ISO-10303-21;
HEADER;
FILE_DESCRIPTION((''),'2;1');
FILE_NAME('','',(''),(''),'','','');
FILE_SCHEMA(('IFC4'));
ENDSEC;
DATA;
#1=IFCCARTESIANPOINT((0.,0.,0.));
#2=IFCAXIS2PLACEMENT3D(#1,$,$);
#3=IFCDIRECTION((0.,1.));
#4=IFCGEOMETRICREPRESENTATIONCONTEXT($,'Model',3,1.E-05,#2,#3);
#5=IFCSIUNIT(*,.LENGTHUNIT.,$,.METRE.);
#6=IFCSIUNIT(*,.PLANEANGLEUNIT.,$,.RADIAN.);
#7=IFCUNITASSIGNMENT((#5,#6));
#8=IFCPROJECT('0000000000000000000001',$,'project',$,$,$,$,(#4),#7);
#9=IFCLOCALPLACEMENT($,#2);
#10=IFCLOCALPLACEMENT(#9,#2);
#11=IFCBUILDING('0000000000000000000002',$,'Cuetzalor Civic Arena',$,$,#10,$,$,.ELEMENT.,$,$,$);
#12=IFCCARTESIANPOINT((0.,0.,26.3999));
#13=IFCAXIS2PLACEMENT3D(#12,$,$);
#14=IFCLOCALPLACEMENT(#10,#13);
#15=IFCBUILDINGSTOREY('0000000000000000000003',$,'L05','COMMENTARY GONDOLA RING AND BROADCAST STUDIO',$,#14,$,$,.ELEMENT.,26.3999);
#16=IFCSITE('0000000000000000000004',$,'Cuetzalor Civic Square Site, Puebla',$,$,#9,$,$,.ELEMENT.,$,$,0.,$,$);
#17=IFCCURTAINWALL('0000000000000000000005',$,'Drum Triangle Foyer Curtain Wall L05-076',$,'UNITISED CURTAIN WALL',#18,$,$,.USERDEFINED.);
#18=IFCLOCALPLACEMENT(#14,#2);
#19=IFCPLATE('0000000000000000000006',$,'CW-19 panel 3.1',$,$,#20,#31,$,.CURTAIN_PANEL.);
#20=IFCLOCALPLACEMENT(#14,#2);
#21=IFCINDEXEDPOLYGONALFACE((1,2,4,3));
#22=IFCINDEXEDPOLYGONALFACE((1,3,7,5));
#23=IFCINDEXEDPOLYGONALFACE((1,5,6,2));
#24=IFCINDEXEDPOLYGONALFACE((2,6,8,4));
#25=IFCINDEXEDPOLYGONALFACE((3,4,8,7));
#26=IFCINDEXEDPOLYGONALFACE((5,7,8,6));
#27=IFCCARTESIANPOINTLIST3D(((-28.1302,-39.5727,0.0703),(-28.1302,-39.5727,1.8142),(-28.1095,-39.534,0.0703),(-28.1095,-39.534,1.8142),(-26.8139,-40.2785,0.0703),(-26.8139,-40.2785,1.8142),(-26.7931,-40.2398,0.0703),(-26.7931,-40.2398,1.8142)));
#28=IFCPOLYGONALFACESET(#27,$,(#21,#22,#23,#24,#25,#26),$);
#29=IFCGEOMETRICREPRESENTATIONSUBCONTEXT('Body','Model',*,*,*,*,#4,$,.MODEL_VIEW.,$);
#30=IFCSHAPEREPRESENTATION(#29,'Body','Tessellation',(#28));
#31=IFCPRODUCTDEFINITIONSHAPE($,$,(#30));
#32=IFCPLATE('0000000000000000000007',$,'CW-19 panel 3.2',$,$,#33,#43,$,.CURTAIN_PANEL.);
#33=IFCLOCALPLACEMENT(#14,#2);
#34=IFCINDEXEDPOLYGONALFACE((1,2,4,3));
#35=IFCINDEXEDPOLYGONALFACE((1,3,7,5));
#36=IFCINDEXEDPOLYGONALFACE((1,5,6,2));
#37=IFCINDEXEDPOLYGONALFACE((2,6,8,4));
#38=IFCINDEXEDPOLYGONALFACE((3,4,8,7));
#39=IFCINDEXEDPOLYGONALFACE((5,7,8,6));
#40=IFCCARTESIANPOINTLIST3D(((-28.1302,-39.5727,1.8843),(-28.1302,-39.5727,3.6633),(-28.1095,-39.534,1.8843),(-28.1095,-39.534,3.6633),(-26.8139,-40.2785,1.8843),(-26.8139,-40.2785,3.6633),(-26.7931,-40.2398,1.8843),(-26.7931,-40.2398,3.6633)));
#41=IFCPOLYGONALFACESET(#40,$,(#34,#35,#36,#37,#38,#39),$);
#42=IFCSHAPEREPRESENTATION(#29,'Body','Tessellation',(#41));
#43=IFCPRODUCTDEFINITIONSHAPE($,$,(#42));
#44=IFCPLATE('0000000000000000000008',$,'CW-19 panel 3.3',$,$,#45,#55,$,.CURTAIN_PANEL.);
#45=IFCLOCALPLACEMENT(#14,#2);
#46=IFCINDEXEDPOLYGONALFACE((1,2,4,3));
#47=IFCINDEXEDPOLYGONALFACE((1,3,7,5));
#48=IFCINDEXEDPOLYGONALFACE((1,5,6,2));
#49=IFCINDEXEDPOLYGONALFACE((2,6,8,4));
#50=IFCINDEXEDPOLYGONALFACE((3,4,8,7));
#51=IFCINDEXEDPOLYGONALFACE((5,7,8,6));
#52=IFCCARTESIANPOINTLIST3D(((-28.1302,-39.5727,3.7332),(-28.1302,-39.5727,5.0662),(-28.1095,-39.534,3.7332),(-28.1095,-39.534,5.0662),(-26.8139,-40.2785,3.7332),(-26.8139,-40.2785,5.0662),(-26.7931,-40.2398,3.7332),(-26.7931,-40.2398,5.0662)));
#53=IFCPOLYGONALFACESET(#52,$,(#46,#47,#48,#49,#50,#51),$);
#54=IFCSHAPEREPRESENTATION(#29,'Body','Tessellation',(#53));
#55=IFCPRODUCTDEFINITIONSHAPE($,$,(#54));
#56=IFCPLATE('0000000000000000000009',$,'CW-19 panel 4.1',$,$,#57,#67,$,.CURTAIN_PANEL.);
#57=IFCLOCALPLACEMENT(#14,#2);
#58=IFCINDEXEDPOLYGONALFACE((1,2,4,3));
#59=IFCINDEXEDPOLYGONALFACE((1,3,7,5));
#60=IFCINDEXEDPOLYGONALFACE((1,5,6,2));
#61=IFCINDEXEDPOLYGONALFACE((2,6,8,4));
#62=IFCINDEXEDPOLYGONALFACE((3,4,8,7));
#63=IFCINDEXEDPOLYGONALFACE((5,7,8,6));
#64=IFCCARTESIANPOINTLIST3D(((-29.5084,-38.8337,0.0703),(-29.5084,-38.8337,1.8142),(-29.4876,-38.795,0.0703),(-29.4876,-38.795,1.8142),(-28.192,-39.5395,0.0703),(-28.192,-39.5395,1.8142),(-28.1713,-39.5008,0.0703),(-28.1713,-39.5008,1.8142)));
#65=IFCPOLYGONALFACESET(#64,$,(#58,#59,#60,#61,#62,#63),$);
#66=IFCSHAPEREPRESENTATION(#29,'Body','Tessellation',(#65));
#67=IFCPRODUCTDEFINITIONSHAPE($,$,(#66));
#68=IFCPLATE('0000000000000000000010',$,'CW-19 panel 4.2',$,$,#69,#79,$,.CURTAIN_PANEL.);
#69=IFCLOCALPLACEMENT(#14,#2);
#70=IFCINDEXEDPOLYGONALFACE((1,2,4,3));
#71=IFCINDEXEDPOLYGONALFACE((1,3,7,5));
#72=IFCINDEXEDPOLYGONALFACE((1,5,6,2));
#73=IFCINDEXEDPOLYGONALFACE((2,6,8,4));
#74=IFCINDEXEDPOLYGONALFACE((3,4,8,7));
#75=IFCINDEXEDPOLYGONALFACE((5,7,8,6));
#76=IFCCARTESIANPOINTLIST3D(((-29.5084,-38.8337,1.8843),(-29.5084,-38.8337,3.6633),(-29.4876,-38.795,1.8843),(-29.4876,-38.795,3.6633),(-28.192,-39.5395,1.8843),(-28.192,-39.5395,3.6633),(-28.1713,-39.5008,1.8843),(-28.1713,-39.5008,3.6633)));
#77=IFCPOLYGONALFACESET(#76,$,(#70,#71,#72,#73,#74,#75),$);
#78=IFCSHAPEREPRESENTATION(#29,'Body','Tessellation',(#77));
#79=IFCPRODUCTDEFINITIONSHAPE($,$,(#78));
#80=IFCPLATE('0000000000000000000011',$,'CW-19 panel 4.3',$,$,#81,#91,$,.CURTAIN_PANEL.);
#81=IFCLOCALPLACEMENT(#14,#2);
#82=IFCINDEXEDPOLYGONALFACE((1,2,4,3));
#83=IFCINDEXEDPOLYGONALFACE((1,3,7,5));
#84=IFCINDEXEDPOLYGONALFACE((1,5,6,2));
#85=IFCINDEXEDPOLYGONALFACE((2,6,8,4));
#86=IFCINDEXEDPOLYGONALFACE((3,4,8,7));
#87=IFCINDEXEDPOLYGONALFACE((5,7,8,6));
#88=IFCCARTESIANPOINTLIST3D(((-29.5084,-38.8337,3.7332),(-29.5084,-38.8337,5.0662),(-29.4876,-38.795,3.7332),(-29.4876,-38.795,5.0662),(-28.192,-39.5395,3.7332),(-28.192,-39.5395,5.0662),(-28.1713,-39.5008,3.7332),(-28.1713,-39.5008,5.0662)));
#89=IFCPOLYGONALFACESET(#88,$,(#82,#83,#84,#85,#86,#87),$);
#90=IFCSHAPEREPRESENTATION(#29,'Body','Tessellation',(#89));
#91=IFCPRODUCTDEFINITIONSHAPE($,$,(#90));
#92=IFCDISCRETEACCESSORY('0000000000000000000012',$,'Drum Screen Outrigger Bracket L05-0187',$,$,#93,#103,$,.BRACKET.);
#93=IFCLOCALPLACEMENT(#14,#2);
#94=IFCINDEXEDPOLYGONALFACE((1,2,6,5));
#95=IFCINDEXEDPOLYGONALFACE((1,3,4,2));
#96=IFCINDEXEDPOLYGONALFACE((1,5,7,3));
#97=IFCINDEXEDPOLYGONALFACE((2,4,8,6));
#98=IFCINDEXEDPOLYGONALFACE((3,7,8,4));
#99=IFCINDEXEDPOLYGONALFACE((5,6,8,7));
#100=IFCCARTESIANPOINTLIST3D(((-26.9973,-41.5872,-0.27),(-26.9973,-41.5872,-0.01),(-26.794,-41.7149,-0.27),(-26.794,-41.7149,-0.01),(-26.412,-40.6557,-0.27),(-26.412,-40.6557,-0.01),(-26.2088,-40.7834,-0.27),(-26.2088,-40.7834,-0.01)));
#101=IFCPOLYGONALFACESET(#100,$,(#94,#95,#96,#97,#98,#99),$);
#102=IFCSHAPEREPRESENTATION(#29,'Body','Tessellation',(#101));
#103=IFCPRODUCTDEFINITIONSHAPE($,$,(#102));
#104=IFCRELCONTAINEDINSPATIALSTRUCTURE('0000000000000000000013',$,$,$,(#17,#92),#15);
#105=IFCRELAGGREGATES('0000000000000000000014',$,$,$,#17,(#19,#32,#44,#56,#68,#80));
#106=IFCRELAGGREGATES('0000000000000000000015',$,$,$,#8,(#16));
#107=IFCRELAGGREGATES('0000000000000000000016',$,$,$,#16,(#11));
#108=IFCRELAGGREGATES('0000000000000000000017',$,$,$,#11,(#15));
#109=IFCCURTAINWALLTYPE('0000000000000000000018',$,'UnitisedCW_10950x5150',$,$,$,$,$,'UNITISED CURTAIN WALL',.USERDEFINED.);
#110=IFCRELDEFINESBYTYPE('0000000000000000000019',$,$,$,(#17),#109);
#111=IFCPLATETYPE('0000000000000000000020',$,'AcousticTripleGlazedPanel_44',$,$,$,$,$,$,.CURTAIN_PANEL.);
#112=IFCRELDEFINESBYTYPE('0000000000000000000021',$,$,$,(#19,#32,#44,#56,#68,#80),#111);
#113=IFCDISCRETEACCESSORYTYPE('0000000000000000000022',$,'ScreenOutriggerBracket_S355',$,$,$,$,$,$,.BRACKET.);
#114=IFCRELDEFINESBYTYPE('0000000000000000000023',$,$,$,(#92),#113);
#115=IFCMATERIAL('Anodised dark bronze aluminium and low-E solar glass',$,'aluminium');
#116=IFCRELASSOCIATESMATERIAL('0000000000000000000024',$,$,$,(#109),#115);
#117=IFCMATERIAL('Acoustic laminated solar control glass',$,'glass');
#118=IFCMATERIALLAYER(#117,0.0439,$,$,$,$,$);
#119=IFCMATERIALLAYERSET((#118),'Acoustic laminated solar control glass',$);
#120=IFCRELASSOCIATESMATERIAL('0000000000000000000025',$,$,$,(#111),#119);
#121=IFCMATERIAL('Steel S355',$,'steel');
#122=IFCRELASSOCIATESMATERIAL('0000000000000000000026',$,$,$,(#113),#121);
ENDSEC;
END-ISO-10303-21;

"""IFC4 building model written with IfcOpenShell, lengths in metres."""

from ifc_helpers import new_model, si_unit, direction, frame, origin, origin_2d, place, context, subcontext, project, spatial, rectangle, extrude, material, layer, layer_set, type_object, element, aggregate, save


model = new_model("IFC4")

# Units and contexts
model_context = context("Model", 3, precision=1e-05, world=origin(), true_north=direction((0.0, 1.0)))
body_context = subcontext(model_context, "Body", "Model", "MODEL_VIEW")
ifc_project = project(units=[si_unit("LENGTHUNIT", "METRE"), si_unit("PLANEANGLEUNIT", "RADIAN")], contexts=[model_context])

# Site, building, storey
site_placement = place(None, origin())
site = spatial("IfcSite", under=ifc_project, at=site_placement, Name="Cuetzalor Civic Square Site, Puebla", CompositionType="ELEMENT", RefElevation=0.0)
building_placement = place(site_placement, origin())
building = spatial("IfcBuilding", under=site, at=building_placement, Name="Cuetzalor Civic Arena", CompositionType="ELEMENT")
storey_placement = place(building_placement, frame((0.0, 0.0, 26.3999)))
storey = spatial("IfcBuildingStorey", under=building, at=storey_placement, Name="L05", Description="COMMENTARY GONDOLA RING AND BROADCAST STUDIO", CompositionType="ELEMENT", Elevation=26.3999)

# Curtain wall, plates
ifc_material_1 = material(Name="Anodised dark bronze aluminium and low-E solar glass", Category="aluminium")
curtain_wall_type = type_object("IfcCurtainWallType", Name="UnitisedCW_10950x5150", ElementType="UNITISED CURTAIN WALL", PredefinedType="USERDEFINED", material=ifc_material_1)
curtain_wall_placement = place(storey_placement, origin())
curtain_wall = element("IfcCurtainWall", 1, at=curtain_wall_placement, inside=storey, type_object=curtain_wall_type, Name="Drum Triangle Foyer Curtain Wall L05-076", ObjectType="UNITISED CURTAIN WALL", PredefinedType="USERDEFINED")
ifc_material_2 = material(Name="Acoustic laminated solar control glass", Category="glass")
ifc_layer = layer(ifc_material_2, 0.0439)
ifc_layer_set = layer_set([ifc_layer], Name="Acoustic laminated solar control glass")
plate_type = type_object("IfcPlateType", Name="AcousticTripleGlazedPanel_44", PredefinedType="CURTAIN_PANEL", material=ifc_layer_set)
plate_1_placement = place(storey_placement, frame((-27.4617, -39.9062, 0.0703), z_axis=(0.0, 0.0, 1.0), x_axis=(-0.881306, 0.472545, 0.0)))
plate_1 = element("IfcPlate", 2, at=plate_1_placement, type_object=plate_type, Name="CW-19 panel 3.1", PredefinedType="CURTAIN_PANEL", context=body_context, shape_type="SweptSolid", body=[
    extrude(rectangle(XDim=1.4937, YDim=0.0439, at=origin_2d()), origin(), (0.0, 0.0, 1.0), 1.7439),
])
plate_2_placement = place(storey_placement, frame((-27.4617, -39.9062, 1.8843), z_axis=(0.0, 0.0, 1.0), x_axis=(-0.881306, 0.472545, 0.0)))
plate_2 = element("IfcPlate", 3, at=plate_2_placement, type_object=plate_type, Name="CW-19 panel 3.2", PredefinedType="CURTAIN_PANEL", context=body_context, shape_type="SweptSolid", body=[
    extrude(rectangle(XDim=1.4937, YDim=0.0439, at=origin_2d()), origin(), (0.0, 0.0, 1.0), 1.7791),
])
plate_3_placement = place(storey_placement, frame((-27.4617, -39.9062, 3.7332), z_axis=(0.0, 0.0, 1.0), x_axis=(-0.881306, 0.472545, 0.0)))
plate_3 = element("IfcPlate", 4, at=plate_3_placement, type_object=plate_type, Name="CW-19 panel 3.3", PredefinedType="CURTAIN_PANEL", context=body_context, shape_type="SweptSolid", body=[
    extrude(rectangle(XDim=1.4937, YDim=0.0439, at=origin_2d()), origin(), (0.0, 0.0, 1.0), 1.333),
])
plate_4_placement = place(storey_placement, frame((-28.8398, -39.1672, 0.0703), z_axis=(0.0, 0.0, 1.0), x_axis=(-0.881306, 0.472545, 0.0)))
plate_4 = element("IfcPlate", 5, at=plate_4_placement, type_object=plate_type, Name="CW-19 panel 4.1", PredefinedType="CURTAIN_PANEL", context=body_context, shape_type="SweptSolid", body=[
    extrude(rectangle(XDim=1.4937, YDim=0.0439, at=origin_2d()), origin(), (0.0, 0.0, 1.0), 1.7439),
])
plate_5_placement = place(storey_placement, frame((-28.8398, -39.1672, 1.8843), z_axis=(0.0, 0.0, 1.0), x_axis=(-0.881306, 0.472545, 0.0)))
plate_5 = element("IfcPlate", 6, at=plate_5_placement, type_object=plate_type, Name="CW-19 panel 4.2", PredefinedType="CURTAIN_PANEL", context=body_context, shape_type="SweptSolid", body=[
    extrude(rectangle(XDim=1.4937, YDim=0.0439, at=origin_2d()), origin(), (0.0, 0.0, 1.0), 1.7791),
])
plate_6_placement = place(storey_placement, frame((-28.8398, -39.1672, 3.7332), z_axis=(0.0, 0.0, 1.0), x_axis=(-0.881306, 0.472545, 0.0)))
plate_6 = element("IfcPlate", 7, at=plate_6_placement, type_object=plate_type, Name="CW-19 panel 4.3", PredefinedType="CURTAIN_PANEL", context=body_context, shape_type="SweptSolid", body=[
    extrude(rectangle(XDim=1.4937, YDim=0.0439, at=origin_2d()), origin(), (0.0, 0.0, 1.0), 1.333),
])
aggregate(curtain_wall, [plate_1, plate_2, plate_3, plate_4, plate_5, plate_6])

# Discrete accessory
ifc_material_3 = material(Name="Steel S355", Category="steel")
discrete_accessory_type = type_object("IfcDiscreteAccessoryType", Name="ScreenOutriggerBracket_S355", PredefinedType="BRACKET", material=ifc_material_3)
discrete_accessory_placement = place(storey_placement, frame((-26.603, -41.1853, -0.27), z_axis=(0.0, 0.0, 1.0), x_axis=(-0.53199, -0.846751, 0.0)))
element("IfcDiscreteAccessory", 8, at=discrete_accessory_placement, inside=storey, type_object=discrete_accessory_type, Name="Drum Screen Outrigger Bracket L05-0187", PredefinedType="BRACKET", context=body_context, shape_type="SweptSolid", body=[
    extrude(rectangle(XDim=1.1001, YDim=0.24, at=origin_2d()), origin(), (0.0, 0.0, 1.0), 0.26),
])

save(model, "model.ifc")
